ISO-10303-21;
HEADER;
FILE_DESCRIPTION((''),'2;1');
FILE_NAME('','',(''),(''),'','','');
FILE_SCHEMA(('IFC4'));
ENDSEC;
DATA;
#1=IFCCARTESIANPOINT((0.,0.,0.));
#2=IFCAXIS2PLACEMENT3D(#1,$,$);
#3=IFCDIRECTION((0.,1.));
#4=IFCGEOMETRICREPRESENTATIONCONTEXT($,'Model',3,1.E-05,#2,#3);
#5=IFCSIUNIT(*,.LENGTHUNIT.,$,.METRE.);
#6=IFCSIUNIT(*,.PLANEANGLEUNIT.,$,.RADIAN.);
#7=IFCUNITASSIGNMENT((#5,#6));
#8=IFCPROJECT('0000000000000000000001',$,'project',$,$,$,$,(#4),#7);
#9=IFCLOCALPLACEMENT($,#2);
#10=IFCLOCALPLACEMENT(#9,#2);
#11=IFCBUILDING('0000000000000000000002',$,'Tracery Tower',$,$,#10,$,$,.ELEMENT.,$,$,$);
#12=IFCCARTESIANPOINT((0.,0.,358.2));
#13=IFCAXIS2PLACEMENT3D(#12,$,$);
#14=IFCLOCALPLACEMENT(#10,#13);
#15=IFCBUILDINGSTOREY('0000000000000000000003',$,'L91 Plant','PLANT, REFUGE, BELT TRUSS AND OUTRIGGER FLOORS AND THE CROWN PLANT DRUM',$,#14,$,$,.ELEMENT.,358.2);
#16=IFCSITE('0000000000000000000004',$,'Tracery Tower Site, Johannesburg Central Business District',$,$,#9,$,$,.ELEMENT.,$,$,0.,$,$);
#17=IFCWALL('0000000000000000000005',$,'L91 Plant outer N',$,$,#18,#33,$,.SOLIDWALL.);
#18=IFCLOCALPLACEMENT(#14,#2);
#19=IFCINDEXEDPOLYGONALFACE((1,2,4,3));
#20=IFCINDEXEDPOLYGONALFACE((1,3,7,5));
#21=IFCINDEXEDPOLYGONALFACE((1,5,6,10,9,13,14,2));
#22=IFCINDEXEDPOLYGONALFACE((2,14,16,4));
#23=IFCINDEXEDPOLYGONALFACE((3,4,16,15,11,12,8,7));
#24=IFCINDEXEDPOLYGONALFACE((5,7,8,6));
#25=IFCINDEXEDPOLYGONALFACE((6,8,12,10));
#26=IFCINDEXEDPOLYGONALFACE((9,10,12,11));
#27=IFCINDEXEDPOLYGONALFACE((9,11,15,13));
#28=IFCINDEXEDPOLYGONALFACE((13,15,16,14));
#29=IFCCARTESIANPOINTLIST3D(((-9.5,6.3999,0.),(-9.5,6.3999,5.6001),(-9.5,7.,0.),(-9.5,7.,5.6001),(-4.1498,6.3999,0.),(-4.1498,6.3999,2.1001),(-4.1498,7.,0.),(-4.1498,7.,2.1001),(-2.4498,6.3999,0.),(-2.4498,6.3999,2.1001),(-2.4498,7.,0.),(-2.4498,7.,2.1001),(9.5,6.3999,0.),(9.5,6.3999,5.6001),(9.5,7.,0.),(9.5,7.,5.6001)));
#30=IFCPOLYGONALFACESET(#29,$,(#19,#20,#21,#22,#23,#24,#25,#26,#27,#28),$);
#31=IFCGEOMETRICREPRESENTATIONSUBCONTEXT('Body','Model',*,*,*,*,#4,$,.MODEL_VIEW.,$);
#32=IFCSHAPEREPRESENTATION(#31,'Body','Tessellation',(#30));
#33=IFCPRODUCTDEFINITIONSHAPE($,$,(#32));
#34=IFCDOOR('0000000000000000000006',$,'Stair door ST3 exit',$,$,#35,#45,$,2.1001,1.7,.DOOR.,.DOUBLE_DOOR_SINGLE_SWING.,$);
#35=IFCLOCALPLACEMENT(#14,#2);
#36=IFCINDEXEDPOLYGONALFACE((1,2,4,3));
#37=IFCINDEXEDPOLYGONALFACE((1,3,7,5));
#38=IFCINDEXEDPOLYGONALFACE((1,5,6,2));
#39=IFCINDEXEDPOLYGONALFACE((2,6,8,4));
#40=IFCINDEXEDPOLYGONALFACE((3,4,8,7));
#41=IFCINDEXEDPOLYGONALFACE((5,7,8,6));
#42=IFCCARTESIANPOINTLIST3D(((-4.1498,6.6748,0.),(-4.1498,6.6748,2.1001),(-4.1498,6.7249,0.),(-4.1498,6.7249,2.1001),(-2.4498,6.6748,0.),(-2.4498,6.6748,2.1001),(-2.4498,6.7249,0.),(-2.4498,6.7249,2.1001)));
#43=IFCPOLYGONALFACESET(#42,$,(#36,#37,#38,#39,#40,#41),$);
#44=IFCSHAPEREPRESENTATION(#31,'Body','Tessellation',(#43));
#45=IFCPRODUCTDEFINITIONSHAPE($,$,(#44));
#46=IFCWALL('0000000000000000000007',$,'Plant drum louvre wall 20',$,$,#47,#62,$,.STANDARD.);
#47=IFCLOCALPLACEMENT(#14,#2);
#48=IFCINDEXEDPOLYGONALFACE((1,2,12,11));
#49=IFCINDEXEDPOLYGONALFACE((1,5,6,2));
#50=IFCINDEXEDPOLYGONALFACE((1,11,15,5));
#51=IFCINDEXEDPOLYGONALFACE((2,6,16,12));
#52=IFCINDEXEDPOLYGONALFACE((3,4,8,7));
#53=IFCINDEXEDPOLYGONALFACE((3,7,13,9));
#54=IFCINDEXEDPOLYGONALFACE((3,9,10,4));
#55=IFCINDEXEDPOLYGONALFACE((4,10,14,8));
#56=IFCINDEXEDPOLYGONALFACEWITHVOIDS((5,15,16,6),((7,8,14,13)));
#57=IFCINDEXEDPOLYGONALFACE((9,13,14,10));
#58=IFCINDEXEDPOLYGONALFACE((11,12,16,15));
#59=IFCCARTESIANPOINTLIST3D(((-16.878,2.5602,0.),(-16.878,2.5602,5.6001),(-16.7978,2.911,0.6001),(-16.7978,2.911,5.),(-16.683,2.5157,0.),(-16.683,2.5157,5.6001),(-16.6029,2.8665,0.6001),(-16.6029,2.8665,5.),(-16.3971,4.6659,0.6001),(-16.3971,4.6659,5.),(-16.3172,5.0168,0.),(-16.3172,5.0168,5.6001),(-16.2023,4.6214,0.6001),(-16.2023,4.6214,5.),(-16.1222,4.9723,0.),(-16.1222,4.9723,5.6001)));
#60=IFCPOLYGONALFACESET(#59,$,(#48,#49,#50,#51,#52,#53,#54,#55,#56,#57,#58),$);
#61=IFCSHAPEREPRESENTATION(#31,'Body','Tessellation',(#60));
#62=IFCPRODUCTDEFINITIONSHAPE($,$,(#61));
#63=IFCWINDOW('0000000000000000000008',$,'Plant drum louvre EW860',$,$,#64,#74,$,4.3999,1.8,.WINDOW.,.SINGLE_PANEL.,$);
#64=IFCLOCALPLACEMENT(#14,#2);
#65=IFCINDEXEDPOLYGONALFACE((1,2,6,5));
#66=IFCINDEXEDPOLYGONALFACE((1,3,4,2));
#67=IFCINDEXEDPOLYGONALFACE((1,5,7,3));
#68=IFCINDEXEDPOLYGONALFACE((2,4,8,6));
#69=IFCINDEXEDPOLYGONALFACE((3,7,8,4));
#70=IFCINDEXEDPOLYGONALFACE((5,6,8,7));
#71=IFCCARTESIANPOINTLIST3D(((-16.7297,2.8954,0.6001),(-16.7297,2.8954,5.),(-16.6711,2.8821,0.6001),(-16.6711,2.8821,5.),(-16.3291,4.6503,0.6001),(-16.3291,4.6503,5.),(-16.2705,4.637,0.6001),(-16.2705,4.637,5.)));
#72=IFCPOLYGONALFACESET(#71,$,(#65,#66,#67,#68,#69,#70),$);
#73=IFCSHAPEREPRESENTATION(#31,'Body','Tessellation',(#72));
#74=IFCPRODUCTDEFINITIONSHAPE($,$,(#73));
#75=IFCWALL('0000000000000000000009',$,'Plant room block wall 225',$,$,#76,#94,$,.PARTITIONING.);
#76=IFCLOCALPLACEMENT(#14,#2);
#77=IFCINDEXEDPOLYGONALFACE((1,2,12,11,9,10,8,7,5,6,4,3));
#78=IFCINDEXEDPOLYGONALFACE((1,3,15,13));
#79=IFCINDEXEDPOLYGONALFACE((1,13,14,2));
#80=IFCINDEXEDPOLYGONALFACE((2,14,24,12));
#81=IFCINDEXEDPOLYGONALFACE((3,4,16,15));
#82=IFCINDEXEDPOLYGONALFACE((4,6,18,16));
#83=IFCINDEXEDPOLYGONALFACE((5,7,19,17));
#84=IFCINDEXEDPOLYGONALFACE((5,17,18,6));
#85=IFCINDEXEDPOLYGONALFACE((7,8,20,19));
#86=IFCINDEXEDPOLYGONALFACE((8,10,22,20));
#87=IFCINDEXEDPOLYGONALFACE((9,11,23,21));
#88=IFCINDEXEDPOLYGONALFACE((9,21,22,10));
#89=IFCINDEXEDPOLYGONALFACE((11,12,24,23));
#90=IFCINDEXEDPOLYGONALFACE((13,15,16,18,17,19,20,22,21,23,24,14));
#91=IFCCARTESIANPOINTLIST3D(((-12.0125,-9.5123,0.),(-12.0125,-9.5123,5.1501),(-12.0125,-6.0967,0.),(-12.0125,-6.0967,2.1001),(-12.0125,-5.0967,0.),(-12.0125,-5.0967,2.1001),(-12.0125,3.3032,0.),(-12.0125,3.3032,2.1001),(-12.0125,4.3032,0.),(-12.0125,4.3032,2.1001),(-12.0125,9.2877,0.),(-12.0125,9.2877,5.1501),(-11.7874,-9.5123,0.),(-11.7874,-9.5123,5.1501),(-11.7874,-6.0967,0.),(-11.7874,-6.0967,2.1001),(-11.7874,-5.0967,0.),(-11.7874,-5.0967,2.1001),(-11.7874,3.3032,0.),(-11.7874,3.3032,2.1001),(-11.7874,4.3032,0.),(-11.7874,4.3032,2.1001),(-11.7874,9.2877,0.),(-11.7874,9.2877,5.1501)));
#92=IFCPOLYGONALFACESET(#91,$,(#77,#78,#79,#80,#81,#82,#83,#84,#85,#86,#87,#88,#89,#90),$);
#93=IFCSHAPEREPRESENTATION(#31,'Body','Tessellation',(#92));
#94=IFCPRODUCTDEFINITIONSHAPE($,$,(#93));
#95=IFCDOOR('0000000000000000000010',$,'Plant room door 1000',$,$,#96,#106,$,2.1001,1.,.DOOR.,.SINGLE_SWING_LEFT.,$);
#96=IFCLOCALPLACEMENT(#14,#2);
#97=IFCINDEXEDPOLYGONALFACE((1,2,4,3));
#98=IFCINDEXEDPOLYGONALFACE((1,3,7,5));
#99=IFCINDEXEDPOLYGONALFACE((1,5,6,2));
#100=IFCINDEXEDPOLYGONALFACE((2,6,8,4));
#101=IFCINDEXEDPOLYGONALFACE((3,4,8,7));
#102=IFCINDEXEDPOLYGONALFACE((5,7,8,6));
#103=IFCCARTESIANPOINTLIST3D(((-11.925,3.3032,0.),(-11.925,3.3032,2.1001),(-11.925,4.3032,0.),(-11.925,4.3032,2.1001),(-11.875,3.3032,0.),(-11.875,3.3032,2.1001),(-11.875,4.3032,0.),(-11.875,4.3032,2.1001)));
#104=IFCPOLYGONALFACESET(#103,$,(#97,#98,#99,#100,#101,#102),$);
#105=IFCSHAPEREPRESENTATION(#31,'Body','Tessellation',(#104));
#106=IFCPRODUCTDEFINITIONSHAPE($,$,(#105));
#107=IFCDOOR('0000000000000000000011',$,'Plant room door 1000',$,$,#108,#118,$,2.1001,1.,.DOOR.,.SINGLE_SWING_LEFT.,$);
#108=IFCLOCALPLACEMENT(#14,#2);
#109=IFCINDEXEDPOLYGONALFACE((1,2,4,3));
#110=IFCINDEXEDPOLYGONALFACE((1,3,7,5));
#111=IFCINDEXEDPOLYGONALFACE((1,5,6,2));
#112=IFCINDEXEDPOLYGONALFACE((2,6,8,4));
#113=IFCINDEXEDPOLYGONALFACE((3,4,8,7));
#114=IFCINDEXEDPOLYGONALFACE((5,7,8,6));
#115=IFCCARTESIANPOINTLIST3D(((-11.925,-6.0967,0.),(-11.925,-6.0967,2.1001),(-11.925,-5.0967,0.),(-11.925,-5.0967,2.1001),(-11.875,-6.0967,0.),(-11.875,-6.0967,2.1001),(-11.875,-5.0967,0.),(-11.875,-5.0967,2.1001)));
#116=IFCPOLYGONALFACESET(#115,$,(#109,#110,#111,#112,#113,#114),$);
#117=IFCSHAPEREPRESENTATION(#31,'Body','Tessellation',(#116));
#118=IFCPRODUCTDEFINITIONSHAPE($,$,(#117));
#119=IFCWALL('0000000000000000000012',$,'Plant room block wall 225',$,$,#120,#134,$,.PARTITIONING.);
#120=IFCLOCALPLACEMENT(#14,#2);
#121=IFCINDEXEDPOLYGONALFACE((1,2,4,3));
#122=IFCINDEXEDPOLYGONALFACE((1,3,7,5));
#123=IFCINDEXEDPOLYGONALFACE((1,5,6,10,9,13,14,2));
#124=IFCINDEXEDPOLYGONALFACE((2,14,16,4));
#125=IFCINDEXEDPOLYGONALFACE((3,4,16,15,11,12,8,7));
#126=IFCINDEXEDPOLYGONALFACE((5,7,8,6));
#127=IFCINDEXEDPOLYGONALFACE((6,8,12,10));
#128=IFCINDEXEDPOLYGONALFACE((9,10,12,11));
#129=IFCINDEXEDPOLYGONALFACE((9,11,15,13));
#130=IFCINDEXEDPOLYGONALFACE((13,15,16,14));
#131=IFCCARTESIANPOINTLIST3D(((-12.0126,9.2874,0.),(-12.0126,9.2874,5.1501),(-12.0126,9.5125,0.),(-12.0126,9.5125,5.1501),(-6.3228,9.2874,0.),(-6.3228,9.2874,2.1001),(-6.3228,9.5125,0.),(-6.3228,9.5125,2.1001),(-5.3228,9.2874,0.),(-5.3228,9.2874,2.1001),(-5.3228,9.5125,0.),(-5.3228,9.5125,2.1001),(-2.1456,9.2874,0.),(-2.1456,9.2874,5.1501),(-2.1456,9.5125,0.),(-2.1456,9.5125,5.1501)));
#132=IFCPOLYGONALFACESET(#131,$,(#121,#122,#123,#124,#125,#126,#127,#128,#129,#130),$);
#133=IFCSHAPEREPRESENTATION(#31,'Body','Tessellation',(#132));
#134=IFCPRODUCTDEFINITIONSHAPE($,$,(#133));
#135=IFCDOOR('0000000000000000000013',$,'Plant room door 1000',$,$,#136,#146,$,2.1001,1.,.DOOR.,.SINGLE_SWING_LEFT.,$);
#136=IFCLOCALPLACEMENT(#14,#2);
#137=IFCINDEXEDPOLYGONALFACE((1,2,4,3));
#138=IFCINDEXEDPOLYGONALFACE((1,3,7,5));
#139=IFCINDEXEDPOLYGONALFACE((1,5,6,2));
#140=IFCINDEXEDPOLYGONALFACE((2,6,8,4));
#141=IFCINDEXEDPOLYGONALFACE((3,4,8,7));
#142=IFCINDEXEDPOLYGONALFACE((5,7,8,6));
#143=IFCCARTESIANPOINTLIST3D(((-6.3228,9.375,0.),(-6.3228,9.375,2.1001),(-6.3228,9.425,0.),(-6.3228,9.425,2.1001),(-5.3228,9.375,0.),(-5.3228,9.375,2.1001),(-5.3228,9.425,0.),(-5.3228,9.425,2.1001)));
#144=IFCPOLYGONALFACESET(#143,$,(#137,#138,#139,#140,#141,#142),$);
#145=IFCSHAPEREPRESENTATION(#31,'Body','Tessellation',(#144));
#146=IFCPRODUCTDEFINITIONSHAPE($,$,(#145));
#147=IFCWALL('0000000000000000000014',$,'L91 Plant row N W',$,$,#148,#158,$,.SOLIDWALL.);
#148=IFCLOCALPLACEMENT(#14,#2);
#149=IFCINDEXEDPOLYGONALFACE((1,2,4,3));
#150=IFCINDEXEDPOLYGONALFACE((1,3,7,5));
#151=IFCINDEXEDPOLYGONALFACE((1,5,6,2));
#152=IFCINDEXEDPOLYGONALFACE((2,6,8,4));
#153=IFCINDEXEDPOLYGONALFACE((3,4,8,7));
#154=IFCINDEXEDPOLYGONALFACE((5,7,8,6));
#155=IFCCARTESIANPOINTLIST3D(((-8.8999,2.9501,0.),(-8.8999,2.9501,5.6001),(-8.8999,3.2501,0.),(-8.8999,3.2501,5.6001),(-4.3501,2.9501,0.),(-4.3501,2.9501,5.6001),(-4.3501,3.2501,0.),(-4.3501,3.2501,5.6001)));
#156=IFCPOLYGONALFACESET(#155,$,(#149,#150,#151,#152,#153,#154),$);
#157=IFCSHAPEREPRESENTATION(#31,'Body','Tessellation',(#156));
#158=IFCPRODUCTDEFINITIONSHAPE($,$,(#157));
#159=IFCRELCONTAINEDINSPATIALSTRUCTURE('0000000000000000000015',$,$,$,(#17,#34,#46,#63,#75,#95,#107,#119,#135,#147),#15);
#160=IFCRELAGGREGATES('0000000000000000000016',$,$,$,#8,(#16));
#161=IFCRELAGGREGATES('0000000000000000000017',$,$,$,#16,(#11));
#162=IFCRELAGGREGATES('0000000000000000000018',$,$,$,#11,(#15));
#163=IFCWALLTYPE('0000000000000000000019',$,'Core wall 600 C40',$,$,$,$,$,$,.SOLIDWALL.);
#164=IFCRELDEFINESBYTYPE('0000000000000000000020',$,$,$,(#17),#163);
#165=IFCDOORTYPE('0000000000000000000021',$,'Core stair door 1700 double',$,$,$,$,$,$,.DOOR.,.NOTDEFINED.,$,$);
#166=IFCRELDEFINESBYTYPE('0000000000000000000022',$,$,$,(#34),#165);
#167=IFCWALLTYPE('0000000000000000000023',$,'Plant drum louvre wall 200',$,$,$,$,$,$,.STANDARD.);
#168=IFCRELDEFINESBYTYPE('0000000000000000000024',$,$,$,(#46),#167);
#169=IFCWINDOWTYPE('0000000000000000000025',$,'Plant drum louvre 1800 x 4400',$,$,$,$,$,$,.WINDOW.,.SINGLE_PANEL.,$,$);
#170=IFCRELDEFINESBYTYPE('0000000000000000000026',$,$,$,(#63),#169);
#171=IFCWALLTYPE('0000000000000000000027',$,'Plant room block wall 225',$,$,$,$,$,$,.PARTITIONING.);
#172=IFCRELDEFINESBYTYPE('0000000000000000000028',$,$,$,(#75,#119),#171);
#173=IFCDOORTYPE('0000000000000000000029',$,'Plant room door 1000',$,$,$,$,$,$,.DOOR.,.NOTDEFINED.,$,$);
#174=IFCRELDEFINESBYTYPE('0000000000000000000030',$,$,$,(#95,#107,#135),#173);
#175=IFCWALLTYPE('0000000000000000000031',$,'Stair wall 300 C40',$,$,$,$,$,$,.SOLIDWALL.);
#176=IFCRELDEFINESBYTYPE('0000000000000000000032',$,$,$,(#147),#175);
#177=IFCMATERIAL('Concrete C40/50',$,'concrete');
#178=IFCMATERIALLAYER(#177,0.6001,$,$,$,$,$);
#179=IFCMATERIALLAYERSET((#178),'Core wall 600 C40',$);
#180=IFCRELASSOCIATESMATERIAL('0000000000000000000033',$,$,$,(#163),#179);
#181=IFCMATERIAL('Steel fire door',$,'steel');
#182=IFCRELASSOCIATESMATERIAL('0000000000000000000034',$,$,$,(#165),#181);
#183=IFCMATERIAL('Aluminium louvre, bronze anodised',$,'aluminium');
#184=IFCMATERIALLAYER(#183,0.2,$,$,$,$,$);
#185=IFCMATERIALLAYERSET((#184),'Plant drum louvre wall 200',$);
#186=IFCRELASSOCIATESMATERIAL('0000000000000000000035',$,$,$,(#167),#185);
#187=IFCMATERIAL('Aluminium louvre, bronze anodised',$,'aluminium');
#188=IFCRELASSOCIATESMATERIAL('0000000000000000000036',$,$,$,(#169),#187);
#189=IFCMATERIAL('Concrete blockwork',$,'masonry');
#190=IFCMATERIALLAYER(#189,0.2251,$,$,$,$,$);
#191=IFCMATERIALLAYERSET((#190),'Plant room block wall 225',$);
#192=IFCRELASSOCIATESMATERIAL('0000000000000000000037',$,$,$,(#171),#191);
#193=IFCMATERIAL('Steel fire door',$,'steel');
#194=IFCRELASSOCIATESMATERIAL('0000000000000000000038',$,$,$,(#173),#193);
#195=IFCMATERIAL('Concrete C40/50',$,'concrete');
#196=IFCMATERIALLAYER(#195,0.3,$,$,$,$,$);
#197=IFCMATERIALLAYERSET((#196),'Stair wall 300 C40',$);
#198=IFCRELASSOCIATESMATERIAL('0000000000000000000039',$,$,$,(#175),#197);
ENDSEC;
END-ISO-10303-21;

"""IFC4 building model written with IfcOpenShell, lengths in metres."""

from ifc_helpers import new_model, si_unit, direction, frame, frame_2d, origin, place, context, subcontext, project, spatial, rectangle, extrude, material, layer, layer_set, type_object, element, fill, save


model = new_model("IFC4")

# Units and contexts
model_context = context("Model", 3, precision=1e-05, world=origin(), true_north=direction((0.0, 1.0)))
body_context = subcontext(model_context, "Body", "Model", "MODEL_VIEW")
ifc_project = project(units=[si_unit("LENGTHUNIT", "METRE"), si_unit("PLANEANGLEUNIT", "RADIAN")], contexts=[model_context])

# Site, building, storey
site_placement = place(None, origin())
site = spatial("IfcSite", under=ifc_project, at=site_placement, Name="Tracery Tower Site, Johannesburg Central Business District", CompositionType="ELEMENT", RefElevation=0.0)
building_placement = place(site_placement, origin())
building = spatial("IfcBuilding", under=site, at=building_placement, Name="Tracery Tower", CompositionType="ELEMENT")
storey_placement = place(building_placement, frame((0.0, 0.0, 358.2)))
storey = spatial("IfcBuildingStorey", under=building, at=storey_placement, Name="L91 Plant", Description="PLANT, REFUGE, BELT TRUSS AND OUTRIGGER FLOORS AND THE CROWN PLANT DRUM", CompositionType="ELEMENT", Elevation=358.2)

# Wall, opening, door
ifc_material_1 = material(Name="Concrete C40/50", Category="concrete")
ifc_layer_1 = layer(ifc_material_1, 0.6001)
ifc_layer_set_1 = layer_set([ifc_layer_1], Name="Core wall 600 C40")
wall_type_1 = type_object("IfcWallType", Name="Core wall 600 C40", PredefinedType="SOLIDWALL", material=ifc_layer_set_1)
wall_1_placement = place(storey_placement, frame((-9.5, 6.7, 0.0), z_axis=(0.0, 0.0, 1.0), x_axis=(1.0, 0.0, 0.0)))
wall_1 = element("IfcWall", 1, at=wall_1_placement, inside=storey, type_object=wall_type_1, Name="L91 Plant outer N", PredefinedType="SOLIDWALL", context=body_context, shape_type="SweptSolid", body=[
    extrude(rectangle(XDim=19.0, YDim=0.6001, at=frame_2d((9.5, 0.0))), origin(), (0.0, 0.0, 1.0), 5.6001),
])
opening_1_placement = place(wall_1_placement, frame((5.3501, 0.0, 0.0)))
opening_1 = element("IfcOpeningElement", 2, at=opening_1_placement, cuts=wall_1, PredefinedType="OPENING", context=body_context, shape_type="SweptSolid", body=[
    extrude(rectangle(XDim=1.7, YDim=2.1001, at=frame_2d((0.8501, 1.05))), frame((0.0, 0.3, 0.0), z_axis=(0.0, -1.0, 0.0), x_axis=(1.0, 0.0, 0.0)), (0.0, 0.0, 1.0), 0.6001),
])
ifc_material_2 = material(Name="Steel fire door", Category="steel")
door_type_1 = type_object("IfcDoorType", Name="Core stair door 1700 double", OperationType="NOTDEFINED", PredefinedType="DOOR", material=ifc_material_2)
door_1_placement = place(opening_1_placement, origin())
door_1 = element("IfcDoor", 3, at=door_1_placement, inside=storey, type_object=door_type_1, Name="Stair door ST3 exit", OperationType="DOUBLE_DOOR_SINGLE_SWING", OverallHeight=2.1001, OverallWidth=1.7, PredefinedType="DOOR", context=body_context, shape_type="SweptSolid", body=[
    extrude(rectangle(XDim=1.7, YDim=2.1001, at=frame_2d((0.8501, 1.05))), frame((0.0, 0.0249, 0.0), z_axis=(0.0, -1.0, 0.0), x_axis=(1.0, 0.0, 0.0)), (0.0, 0.0, 1.0), 0.05),
])
fill(opening_1, door_1)

# Wall, opening, window
ifc_material_3 = material(Name="Aluminium louvre, bronze anodised", Category="aluminium")
ifc_layer_2 = layer(ifc_material_3, 0.2)
ifc_layer_set_2 = layer_set([ifc_layer_2], Name="Plant drum louvre wall 200")
wall_type_2 = type_object("IfcWallType", Name="Plant drum louvre wall 200", PredefinedType="STANDARD", material=ifc_layer_set_2)
ifc_material_4 = material(Name="Aluminium louvre, bronze anodised", Category="aluminium")
window_type = type_object("IfcWindowType", Name="Plant drum louvre 1800 x 4400", PartitioningType="SINGLE_PANEL", PredefinedType="WINDOW", material=ifc_material_4)
wall_2_placement = place(storey_placement, frame((-16.2197, 4.9944, 0.0), z_axis=(0.0, 0.0, 1.0), x_axis=(-0.222559, -0.974919, 0.0)))
wall_2 = element("IfcWall", 4, at=wall_2_placement, inside=storey, type_object=wall_type_2, Name="Plant drum louvre wall 20", PredefinedType="STANDARD", context=body_context, shape_type="SweptSolid", body=[
    extrude(rectangle(XDim=2.5198, YDim=0.2, at=frame_2d((1.2598, 0.0))), origin(), (0.0, 0.0, 1.0), 5.6001),
])
opening_2_placement = place(wall_2_placement, frame((0.3599, 0.0, 0.6001)))
opening_2 = element("IfcOpeningElement", 5, at=opening_2_placement, cuts=wall_2, PredefinedType="OPENING", context=body_context, shape_type="SweptSolid", body=[
    extrude(rectangle(XDim=1.8, YDim=4.3999, at=frame_2d((0.8999, 2.2))), frame((0.0, 0.1001, 0.0), z_axis=(0.0, -1.0, 0.0), x_axis=(1.0, 0.0, 0.0)), (0.0, 0.0, 1.0), 0.2),
])
window_1_placement = place(opening_2_placement, origin())
window_1 = element("IfcWindow", 6, at=window_1_placement, inside=storey, type_object=window_type, Name="Plant drum louvre EW860", OverallHeight=4.3999, OverallWidth=1.8, PartitioningType="SINGLE_PANEL", PredefinedType="WINDOW", context=body_context, shape_type="SweptSolid", body=[
    extrude(rectangle(XDim=1.8, YDim=4.3999, at=frame_2d((0.8999, 2.2))), frame((0.0, 0.03, 0.0), z_axis=(0.0, -1.0, 0.0), x_axis=(1.0, 0.0, 0.0)), (0.0, 0.0, 1.0), 0.0601),
])
fill(opening_2, window_1)

# Wall, openings, doors
ifc_material_5 = material(Name="Concrete blockwork", Category="masonry")
ifc_layer_3 = layer(ifc_material_5, 0.2251)
ifc_layer_set_3 = layer_set([ifc_layer_3], Name="Plant room block wall 225")
wall_type_3 = type_object("IfcWallType", Name="Plant room block wall 225", PredefinedType="PARTITIONING", material=ifc_layer_set_3)
wall_3_placement = place(storey_placement, frame((-11.8999, 9.2876, 0.0), z_axis=(0.0, 0.0, 1.0), x_axis=(0.0, -1.0, 0.0)))
wall_3 = element("IfcWall", 7, at=wall_3_placement, inside=storey, type_object=wall_type_3, Name="Plant room block wall 225", PredefinedType="PARTITIONING", context=body_context, shape_type="SweptSolid", body=[
    extrude(rectangle(XDim=18.8, YDim=0.2251, at=frame_2d((9.3999, 0.0))), origin(), (0.0, 0.0, 1.0), 5.1501),
])
opening_3_placement = place(wall_3_placement, frame((4.9844, 0.0, 0.0)))
opening_3 = element("IfcOpeningElement", 8, at=opening_3_placement, cuts=wall_3, PredefinedType="OPENING", context=body_context, shape_type="SweptSolid", body=[
    extrude(rectangle(XDim=1.0, YDim=2.1001, at=frame_2d((0.5, 1.05))), frame((0.0, 0.1125, 0.0), z_axis=(0.0, -1.0, 0.0), x_axis=(1.0, 0.0, 0.0)), (0.0, 0.0, 1.0), 0.2251),
])
opening_4_placement = place(wall_3_placement, frame((14.3843, 0.0, 0.0)))
opening_4 = element("IfcOpeningElement", 9, at=opening_4_placement, cuts=wall_3, PredefinedType="OPENING", context=body_context, shape_type="SweptSolid", body=[
    extrude(rectangle(XDim=1.0, YDim=2.1001, at=frame_2d((0.5, 1.05))), frame((0.0, 0.1125, 0.0), z_axis=(0.0, -1.0, 0.0), x_axis=(1.0, 0.0, 0.0)), (0.0, 0.0, 1.0), 0.2251),
])
ifc_material_6 = material(Name="Steel fire door", Category="steel")
door_type_2 = type_object("IfcDoorType", Name="Plant room door 1000", OperationType="NOTDEFINED", PredefinedType="DOOR", material=ifc_material_6)
door_2_placement = place(opening_3_placement, origin())
door_2 = element("IfcDoor", 10, at=door_2_placement, inside=storey, type_object=door_type_2, Name="Plant room door 1000", OperationType="SINGLE_SWING_LEFT", OverallHeight=2.1001, OverallWidth=1.0, PredefinedType="DOOR", context=body_context, shape_type="SweptSolid", body=[
    extrude(rectangle(XDim=1.0, YDim=2.1001, at=frame_2d((0.5, 1.05))), frame((0.0, 0.0249, 0.0), z_axis=(0.0, -1.0, 0.0), x_axis=(1.0, 0.0, 0.0)), (0.0, 0.0, 1.0), 0.05),
])
fill(opening_3, door_2)
door_3_placement = place(opening_4_placement, origin())
door_3 = element("IfcDoor", 11, at=door_3_placement, inside=storey, type_object=door_type_2, Name="Plant room door 1000", OperationType="SINGLE_SWING_LEFT", OverallHeight=2.1001, OverallWidth=1.0, PredefinedType="DOOR", context=body_context, shape_type="SweptSolid", body=[
    extrude(rectangle(XDim=1.0, YDim=2.1001, at=frame_2d((0.5, 1.05))), frame((0.0, 0.0249, 0.0), z_axis=(0.0, -1.0, 0.0), x_axis=(1.0, 0.0, 0.0)), (0.0, 0.0, 1.0), 0.05),
])
fill(opening_4, door_3)

# Wall, opening, door
wall_4_placement = place(storey_placement, frame((-2.1455, 9.3999, 0.0), z_axis=(0.0, 0.0, 1.0), x_axis=(-1.0, 0.0, 0.0)))
wall_4 = element("IfcWall", 12, at=wall_4_placement, inside=storey, type_object=wall_type_3, Name="Plant room block wall 225", PredefinedType="PARTITIONING", context=body_context, shape_type="SweptSolid", body=[
    extrude(rectangle(XDim=9.8669, YDim=0.2251, at=frame_2d((4.9336, 0.0))), origin(), (0.0, 0.0, 1.0), 5.1501),
])
opening_5_placement = place(wall_4_placement, frame((3.1772, 0.0, 0.0)))
opening_5 = element("IfcOpeningElement", 13, at=opening_5_placement, cuts=wall_4, PredefinedType="OPENING", context=body_context, shape_type="SweptSolid", body=[
    extrude(rectangle(XDim=1.0, YDim=2.1001, at=frame_2d((0.5, 1.05))), frame((0.0, 0.1125, 0.0), z_axis=(0.0, -1.0, 0.0), x_axis=(1.0, 0.0, 0.0)), (0.0, 0.0, 1.0), 0.2251),
])
door_4_placement = place(opening_5_placement, origin())
door_4 = element("IfcDoor", 14, at=door_4_placement, inside=storey, type_object=door_type_2, Name="Plant room door 1000", OperationType="SINGLE_SWING_LEFT", OverallHeight=2.1001, OverallWidth=1.0, PredefinedType="DOOR", context=body_context, shape_type="SweptSolid", body=[
    extrude(rectangle(XDim=1.0, YDim=2.1001, at=frame_2d((0.5, 1.05))), frame((0.0, 0.0249, 0.0), z_axis=(0.0, -1.0, 0.0), x_axis=(1.0, 0.0, 0.0)), (0.0, 0.0, 1.0), 0.05),
])
fill(opening_5, door_4)

# Wall
ifc_material_7 = material(Name="Concrete C40/50", Category="concrete")
ifc_layer_4 = layer(ifc_material_7, 0.3)
ifc_layer_set_4 = layer_set([ifc_layer_4], Name="Stair wall 300 C40")
wall_type_4 = type_object("IfcWallType", Name="Stair wall 300 C40", PredefinedType="SOLIDWALL", material=ifc_layer_set_4)
wall_5_placement = place(storey_placement, frame((-8.8999, 3.1001, 0.0), z_axis=(0.0, 0.0, 1.0), x_axis=(1.0, 0.0, 0.0)))
element("IfcWall", 15, at=wall_5_placement, inside=storey, type_object=wall_type_4, Name="L91 Plant row N W", PredefinedType="SOLIDWALL", context=body_context, shape_type="SweptSolid", body=[
    extrude(rectangle(XDim=4.5498, YDim=0.3, at=frame_2d((2.2749, 0.0))), origin(), (0.0, 0.0, 1.0), 5.6001),
])

save(model, "model.ifc")
